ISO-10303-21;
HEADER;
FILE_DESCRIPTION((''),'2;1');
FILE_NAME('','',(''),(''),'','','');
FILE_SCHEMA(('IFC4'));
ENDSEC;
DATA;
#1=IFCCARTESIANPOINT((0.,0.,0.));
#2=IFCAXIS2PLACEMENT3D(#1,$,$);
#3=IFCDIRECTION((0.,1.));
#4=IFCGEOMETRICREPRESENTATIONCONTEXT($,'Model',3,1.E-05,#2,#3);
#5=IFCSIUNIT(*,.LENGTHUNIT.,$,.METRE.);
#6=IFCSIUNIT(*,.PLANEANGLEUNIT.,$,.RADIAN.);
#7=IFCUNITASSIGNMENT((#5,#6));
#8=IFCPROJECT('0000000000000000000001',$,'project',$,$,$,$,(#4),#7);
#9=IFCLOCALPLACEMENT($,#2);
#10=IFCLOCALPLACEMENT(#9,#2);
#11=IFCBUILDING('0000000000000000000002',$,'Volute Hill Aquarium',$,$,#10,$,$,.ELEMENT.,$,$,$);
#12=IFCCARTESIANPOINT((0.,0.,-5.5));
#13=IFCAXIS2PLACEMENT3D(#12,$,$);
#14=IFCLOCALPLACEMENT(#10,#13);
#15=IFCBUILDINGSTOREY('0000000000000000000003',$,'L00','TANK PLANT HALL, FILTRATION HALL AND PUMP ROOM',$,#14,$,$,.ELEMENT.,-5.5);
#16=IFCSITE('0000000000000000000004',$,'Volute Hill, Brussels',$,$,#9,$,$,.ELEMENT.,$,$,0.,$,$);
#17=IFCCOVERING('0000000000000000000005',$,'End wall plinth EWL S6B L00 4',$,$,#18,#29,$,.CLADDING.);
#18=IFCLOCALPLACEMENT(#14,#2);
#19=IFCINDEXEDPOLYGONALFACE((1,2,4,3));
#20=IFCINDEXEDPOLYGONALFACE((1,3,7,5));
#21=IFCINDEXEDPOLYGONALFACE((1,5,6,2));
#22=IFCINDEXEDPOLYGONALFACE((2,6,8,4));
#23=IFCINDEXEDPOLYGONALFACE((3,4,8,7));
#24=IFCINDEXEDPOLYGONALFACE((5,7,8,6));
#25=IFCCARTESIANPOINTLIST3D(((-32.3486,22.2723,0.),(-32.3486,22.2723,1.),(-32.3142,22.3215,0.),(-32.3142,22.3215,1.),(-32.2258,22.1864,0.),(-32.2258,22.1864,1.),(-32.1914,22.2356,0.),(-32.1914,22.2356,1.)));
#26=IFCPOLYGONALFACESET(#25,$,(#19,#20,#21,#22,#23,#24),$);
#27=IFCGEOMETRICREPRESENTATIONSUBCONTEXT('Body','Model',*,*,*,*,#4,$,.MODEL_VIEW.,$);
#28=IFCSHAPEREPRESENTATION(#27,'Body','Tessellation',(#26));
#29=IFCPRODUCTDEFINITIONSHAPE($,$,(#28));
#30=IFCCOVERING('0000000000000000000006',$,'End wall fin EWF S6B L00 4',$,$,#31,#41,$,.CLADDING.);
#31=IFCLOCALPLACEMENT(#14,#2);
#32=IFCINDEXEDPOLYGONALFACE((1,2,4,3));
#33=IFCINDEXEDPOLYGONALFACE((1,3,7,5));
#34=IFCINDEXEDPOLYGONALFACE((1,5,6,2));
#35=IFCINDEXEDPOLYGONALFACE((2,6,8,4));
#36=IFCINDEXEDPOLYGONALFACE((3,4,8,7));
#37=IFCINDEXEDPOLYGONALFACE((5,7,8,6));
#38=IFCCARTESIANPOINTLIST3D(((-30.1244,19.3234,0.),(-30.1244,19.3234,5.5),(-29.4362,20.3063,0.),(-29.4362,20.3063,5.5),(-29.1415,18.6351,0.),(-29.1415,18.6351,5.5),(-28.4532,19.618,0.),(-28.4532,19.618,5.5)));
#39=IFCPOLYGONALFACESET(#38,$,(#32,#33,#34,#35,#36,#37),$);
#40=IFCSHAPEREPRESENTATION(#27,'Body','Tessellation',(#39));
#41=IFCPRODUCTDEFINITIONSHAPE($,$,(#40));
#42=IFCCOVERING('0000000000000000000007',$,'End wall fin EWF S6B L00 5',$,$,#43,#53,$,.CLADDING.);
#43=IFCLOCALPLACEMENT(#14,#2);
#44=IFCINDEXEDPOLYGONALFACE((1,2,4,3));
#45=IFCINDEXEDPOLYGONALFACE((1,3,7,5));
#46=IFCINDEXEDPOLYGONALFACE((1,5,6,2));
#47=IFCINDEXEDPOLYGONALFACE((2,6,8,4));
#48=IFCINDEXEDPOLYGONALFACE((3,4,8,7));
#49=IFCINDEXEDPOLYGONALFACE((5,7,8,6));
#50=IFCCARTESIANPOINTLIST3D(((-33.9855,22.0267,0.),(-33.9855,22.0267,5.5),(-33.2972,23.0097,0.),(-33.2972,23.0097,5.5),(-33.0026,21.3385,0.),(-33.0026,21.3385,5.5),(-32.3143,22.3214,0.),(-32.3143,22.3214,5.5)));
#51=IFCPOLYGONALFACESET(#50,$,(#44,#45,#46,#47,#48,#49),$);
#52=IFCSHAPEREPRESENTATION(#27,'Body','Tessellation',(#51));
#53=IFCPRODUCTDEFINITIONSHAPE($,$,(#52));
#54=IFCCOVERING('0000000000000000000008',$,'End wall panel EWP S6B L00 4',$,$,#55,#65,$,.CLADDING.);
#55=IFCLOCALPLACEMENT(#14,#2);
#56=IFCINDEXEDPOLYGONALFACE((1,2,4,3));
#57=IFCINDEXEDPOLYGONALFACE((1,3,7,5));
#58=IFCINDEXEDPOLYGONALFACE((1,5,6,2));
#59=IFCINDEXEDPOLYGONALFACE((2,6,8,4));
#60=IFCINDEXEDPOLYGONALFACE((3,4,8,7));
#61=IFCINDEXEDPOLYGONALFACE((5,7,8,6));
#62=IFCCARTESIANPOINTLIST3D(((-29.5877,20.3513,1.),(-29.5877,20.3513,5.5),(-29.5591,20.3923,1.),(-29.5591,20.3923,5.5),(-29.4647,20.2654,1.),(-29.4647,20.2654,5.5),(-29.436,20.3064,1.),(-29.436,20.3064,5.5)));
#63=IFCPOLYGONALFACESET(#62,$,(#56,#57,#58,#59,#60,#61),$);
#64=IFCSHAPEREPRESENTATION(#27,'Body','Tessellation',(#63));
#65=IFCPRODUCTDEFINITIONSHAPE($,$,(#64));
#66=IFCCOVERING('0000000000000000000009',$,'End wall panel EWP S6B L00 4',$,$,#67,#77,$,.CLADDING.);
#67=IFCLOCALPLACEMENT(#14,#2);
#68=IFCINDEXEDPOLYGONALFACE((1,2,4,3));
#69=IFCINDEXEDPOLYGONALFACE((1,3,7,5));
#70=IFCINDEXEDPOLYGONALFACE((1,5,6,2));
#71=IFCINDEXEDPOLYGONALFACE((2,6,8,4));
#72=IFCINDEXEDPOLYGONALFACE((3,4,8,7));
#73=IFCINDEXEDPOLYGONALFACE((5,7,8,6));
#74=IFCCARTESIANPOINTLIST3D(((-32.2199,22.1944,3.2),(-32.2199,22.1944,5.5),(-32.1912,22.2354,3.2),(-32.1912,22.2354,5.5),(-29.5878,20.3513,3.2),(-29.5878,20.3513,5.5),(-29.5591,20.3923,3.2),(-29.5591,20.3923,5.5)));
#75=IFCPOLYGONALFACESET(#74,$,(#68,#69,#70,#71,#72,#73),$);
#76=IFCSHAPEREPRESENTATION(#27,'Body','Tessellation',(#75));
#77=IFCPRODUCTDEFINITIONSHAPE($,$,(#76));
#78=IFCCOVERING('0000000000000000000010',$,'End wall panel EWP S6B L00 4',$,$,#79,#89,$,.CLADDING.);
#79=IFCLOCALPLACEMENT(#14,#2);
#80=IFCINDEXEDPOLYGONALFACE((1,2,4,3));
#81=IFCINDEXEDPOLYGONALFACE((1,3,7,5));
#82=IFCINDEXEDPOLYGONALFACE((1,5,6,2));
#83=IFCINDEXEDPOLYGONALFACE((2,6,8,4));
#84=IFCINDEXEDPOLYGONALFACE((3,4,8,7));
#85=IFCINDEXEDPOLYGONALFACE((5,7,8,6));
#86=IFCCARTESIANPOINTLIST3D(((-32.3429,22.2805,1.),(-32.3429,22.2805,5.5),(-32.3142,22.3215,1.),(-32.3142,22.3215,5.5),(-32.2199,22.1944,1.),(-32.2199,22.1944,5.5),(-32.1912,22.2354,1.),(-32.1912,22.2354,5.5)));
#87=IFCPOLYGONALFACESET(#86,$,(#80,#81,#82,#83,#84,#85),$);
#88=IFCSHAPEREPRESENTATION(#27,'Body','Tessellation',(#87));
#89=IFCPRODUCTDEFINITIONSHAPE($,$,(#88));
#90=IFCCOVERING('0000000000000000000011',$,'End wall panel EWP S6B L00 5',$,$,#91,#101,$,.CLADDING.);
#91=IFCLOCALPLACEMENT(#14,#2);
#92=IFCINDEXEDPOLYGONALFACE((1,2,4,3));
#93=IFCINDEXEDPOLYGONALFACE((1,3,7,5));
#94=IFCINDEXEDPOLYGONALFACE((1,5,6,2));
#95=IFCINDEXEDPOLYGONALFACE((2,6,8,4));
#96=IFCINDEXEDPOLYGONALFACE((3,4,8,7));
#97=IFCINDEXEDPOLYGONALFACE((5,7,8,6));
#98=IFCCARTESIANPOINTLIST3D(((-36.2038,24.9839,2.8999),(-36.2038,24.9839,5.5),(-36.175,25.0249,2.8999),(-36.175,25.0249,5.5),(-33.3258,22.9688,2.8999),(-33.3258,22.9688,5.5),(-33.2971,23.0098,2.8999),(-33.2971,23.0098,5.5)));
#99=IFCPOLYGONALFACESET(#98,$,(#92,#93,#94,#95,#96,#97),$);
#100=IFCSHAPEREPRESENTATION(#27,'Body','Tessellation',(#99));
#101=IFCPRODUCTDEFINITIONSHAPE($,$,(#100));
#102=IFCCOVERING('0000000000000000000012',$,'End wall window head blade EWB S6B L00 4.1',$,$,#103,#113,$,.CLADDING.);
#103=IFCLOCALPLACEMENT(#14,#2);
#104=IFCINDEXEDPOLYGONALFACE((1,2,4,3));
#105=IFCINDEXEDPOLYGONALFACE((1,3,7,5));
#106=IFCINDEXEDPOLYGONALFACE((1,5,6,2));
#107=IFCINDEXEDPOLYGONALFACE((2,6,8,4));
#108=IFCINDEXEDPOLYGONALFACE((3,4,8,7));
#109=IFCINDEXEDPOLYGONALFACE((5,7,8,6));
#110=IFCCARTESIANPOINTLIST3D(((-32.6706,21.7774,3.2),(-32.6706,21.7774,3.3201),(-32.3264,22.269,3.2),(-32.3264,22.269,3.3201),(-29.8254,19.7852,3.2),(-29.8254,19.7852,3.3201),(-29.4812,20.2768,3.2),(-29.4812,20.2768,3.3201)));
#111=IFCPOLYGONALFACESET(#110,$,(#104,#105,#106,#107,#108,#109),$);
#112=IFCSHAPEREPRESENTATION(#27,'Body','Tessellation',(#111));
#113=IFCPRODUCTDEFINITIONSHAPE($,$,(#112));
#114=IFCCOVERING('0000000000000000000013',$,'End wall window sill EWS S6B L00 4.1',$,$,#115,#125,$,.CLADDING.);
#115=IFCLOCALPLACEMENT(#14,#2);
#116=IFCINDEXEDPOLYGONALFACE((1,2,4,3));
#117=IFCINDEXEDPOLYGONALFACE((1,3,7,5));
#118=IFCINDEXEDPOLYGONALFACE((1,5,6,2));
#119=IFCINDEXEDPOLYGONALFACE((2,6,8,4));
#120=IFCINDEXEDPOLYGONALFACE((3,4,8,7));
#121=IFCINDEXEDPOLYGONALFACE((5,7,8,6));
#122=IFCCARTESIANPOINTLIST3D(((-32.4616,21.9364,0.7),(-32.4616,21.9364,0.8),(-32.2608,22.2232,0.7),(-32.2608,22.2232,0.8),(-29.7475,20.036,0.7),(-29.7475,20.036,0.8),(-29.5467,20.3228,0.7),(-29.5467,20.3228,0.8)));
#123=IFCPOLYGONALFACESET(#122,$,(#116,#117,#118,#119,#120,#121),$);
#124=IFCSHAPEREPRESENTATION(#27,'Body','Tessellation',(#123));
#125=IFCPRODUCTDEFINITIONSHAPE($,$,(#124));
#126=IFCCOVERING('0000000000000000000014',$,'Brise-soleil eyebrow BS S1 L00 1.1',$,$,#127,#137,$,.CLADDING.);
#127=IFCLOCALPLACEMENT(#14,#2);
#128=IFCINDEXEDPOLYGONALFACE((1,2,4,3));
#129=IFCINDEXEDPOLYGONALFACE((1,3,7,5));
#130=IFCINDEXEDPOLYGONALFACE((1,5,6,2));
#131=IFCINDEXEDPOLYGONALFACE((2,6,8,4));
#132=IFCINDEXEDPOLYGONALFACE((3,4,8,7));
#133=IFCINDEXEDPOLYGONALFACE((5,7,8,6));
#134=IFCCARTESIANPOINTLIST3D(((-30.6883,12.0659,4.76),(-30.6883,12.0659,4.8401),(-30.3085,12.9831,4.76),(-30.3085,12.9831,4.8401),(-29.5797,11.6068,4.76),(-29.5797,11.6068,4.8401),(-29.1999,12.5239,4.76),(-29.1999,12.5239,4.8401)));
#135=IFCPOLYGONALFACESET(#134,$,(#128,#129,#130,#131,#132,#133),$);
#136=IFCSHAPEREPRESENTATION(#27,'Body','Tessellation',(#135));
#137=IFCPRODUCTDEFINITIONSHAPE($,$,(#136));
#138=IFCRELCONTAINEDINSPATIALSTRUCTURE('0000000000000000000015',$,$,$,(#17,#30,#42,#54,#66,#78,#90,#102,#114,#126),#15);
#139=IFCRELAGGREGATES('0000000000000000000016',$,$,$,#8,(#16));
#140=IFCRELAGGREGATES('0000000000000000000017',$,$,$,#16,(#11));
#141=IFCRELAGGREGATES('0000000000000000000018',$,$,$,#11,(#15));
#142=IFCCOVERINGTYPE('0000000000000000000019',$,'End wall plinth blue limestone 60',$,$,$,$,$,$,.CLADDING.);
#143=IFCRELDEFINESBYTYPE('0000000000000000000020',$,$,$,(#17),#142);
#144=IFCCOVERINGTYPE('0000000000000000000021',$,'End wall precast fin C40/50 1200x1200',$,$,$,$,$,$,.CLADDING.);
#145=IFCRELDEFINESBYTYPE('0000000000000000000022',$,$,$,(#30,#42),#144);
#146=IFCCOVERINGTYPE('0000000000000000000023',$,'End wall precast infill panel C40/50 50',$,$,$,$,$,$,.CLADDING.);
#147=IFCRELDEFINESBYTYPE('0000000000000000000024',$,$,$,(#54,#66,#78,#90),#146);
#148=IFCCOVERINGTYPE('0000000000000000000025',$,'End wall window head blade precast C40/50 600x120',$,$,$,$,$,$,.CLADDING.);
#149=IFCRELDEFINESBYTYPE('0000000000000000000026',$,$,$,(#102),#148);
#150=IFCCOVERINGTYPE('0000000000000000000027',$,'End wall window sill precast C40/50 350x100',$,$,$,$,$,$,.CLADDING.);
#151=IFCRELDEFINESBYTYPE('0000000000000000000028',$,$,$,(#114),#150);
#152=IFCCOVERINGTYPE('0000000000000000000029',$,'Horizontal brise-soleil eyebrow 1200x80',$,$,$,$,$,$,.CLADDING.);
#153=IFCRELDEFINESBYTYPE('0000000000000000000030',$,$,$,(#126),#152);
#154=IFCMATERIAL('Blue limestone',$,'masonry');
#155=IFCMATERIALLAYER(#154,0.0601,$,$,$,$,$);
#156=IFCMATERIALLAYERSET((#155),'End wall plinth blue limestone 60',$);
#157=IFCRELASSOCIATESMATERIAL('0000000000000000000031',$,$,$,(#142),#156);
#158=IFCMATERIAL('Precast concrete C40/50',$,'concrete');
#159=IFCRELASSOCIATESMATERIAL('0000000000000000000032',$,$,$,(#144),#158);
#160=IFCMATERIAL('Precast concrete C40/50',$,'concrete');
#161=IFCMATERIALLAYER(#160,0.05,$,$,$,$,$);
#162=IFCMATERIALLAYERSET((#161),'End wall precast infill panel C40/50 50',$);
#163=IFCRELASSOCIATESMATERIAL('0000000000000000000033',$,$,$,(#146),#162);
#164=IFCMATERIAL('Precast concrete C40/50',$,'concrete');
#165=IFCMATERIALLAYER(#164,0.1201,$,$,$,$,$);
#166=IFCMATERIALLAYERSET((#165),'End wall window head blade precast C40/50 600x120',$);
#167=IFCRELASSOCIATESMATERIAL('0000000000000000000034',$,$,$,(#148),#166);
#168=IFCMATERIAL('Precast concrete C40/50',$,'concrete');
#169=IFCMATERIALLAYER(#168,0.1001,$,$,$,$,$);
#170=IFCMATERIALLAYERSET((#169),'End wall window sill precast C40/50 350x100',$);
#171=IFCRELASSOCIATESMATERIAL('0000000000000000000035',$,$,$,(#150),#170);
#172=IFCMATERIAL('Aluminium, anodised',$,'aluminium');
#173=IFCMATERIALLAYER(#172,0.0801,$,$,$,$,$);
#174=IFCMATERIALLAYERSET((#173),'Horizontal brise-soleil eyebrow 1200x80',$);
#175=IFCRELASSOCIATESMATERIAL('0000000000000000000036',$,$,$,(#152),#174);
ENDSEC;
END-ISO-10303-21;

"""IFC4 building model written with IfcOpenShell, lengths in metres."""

from ifc_helpers import new_model, si_unit, direction, frame, origin, origin_2d, place, context, subcontext, project, spatial, polyline, rectangle, outline, extrude, material, layer, layer_set, type_object, element, save


model = new_model("IFC4")

# Units and contexts
model_context = context("Model", 3, precision=1e-05, world=origin(), true_north=direction((0.0, 1.0)))
body_context = subcontext(model_context, "Body", "Model", "MODEL_VIEW")
ifc_project = project(units=[si_unit("LENGTHUNIT", "METRE"), si_unit("PLANEANGLEUNIT", "RADIAN")], contexts=[model_context])

# Site, building, storey
site_placement = place(None, origin())
site = spatial("IfcSite", under=ifc_project, at=site_placement, Name="Volute Hill, Brussels", CompositionType="ELEMENT", RefElevation=0.0)
building_placement = place(site_placement, origin())
building = spatial("IfcBuilding", under=site, at=building_placement, Name="Volute Hill Aquarium", CompositionType="ELEMENT")
storey_placement = place(building_placement, frame((0.0, 0.0, -5.5)))
storey = spatial("IfcBuildingStorey", under=building, at=storey_placement, Name="L00", Description="TANK PLANT HALL, FILTRATION HALL AND PUMP ROOM", CompositionType="ELEMENT", Elevation=-5.5)

# Coverings
ifc_material_1 = material(Name="Blue limestone", Category="masonry")
ifc_layer_1 = layer(ifc_material_1, 0.0601)
ifc_layer_set_1 = layer_set([ifc_layer_1], Name="End wall plinth blue limestone 60")
covering_type_1 = type_object("IfcCoveringType", Name="End wall plinth blue limestone 60", PredefinedType="CLADDING", material=ifc_layer_set_1)
covering_1_placement = place(storey_placement, frame((-32.1914, 22.2356, 0.0), z_axis=(0.573353, 0.819308, 0.0), x_axis=(-0.819308, 0.573353, 0.0)))
element("IfcCovering", 1, at=covering_1_placement, inside=storey, type_object=covering_type_1, Name="End wall plinth EWL S6B L00 4", PredefinedType="CLADDING", context=body_context, shape_type="SweptSolid", body=[
    extrude(outline(polyline([(0.0, 0.0), (0.1499, 0.0), (0.1499, 1.0), (0.0, 1.0), (0.0, 0.0)])), origin(), (0.0, 0.0, -1.0), 0.0601),
])
ifc_material_2 = material(Name="Precast concrete C40/50", Category="concrete")
covering_type_2 = type_object("IfcCoveringType", Name="End wall precast fin C40/50 1200x1200", PredefinedType="CLADDING", material=ifc_material_2)
for number, where, z_axis, x_axis, name in (
    (2, (-29.2888, 19.4707, 0.0), (0.0, 0.0, 1.0), (-0.819151, 0.573577, 0.0), "End wall fin EWF S6B L00 4"),
    (3, (-33.1499, 22.1741, 0.0), (0.0, 0.0, 1.0), (-0.819151, 0.573577, 0.0), "End wall fin EWF S6B L00 5"),
):
    element("IfcCovering", number, at=place(storey_placement, frame(where, z_axis=z_axis, x_axis=x_axis)), inside=storey, type_object=covering_type_2, Name=name, PredefinedType="CLADDING", context=body_context, shape_type="SweptSolid", body=[
        extrude(rectangle(XDim=1.2, YDim=1.2, at=origin_2d()), origin(), (0.0, 0.0, 1.0), 5.5),
    ])
ifc_material_3 = material(Name="Precast concrete C40/50", Category="concrete")
ifc_layer_2 = layer(ifc_material_3, 0.05)
ifc_layer_set_2 = layer_set([ifc_layer_2], Name="End wall precast infill panel C40/50 50")
covering_type_3 = type_object("IfcCoveringType", Name="End wall precast infill panel C40/50 50", PredefinedType="CLADDING", material=ifc_layer_set_2)
covering_2_placement = place(storey_placement, frame((-29.436, 20.3064, 1.0), z_axis=(0.572589, 0.819843, 0.0), x_axis=(-0.819843, 0.572589, 0.0)))
element("IfcCovering", 4, at=covering_2_placement, inside=storey, type_object=covering_type_3, Name="End wall panel EWP S6B L00 4", PredefinedType="CLADDING", context=body_context, shape_type="SweptSolid", body=[
    extrude(outline(polyline([(0.0, 0.0), (0.1501, 0.0), (0.1501, 4.5), (0.0, 4.5), (0.0, 0.0)])), origin(), (0.0, 0.0, -1.0), 0.05),
])
covering_3_placement = place(storey_placement, frame((-29.5591, 20.3923, 3.2), z_axis=(0.57358, 0.81915, 0.0), x_axis=(-0.81915, 0.57358, 0.0)))
element("IfcCovering", 5, at=covering_3_placement, inside=storey, type_object=covering_type_3, Name="End wall panel EWP S6B L00 4", PredefinedType="CLADDING", context=body_context, shape_type="SweptSolid", body=[
    extrude(outline(polyline([(0.0, 0.0), (3.2132, 0.0), (3.2132, 2.3), (0.0, 2.3), (0.0, 0.0)])), origin(), (0.0, 0.0, -1.0), 0.05),
])
covering_4_placement = place(storey_placement, frame((-32.1912, 22.2354, 1.0), z_axis=(0.57368, 0.819079, 0.0), x_axis=(-0.819079, 0.57368, 0.0)))
element("IfcCovering", 6, at=covering_4_placement, inside=storey, type_object=covering_type_3, Name="End wall panel EWP S6B L00 4", PredefinedType="CLADDING", context=body_context, shape_type="SweptSolid", body=[
    extrude(outline(polyline([(0.0, 0.0), (0.1502, 0.0), (0.1502, 4.5), (0.0, 4.5), (0.0, 0.0)])), origin(), (0.0, 0.0, -1.0), 0.05),
])
covering_5_placement = place(storey_placement, frame((-33.2971, 23.0098, 2.8999), z_axis=(0.573574, 0.819154, 0.0), x_axis=(-0.819154, 0.573574, 0.0)))
element("IfcCovering", 7, at=covering_5_placement, inside=storey, type_object=covering_type_3, Name="End wall panel EWP S6B L00 5", PredefinedType="CLADDING", context=body_context, shape_type="SweptSolid", body=[
    extrude(outline(polyline([(0.0, 0.0), (3.5133, 0.0), (3.5133, 2.6001), (0.0, 2.6001), (0.0, 0.0)])), origin(), (0.0, 0.0, -1.0), 0.05),
])
ifc_material_4 = material(Name="Precast concrete C40/50", Category="concrete")
ifc_layer_3 = layer(ifc_material_4, 0.1201)
ifc_layer_set_3 = layer_set([ifc_layer_3], Name="End wall window head blade precast C40/50 600x120")
covering_type_4 = type_object("IfcCoveringType", Name="End wall window head blade precast C40/50 600x120", PredefinedType="CLADDING", material=ifc_layer_set_3)
covering_6_placement = place(storey_placement, frame((-31.0759, 21.0271, 3.2), z_axis=(0.0, 0.0, 1.0), x_axis=(-0.819151, 0.573577, 0.0)))
element("IfcCovering", 8, at=covering_6_placement, inside=storey, type_object=covering_type_4, Name="End wall window head blade EWB S6B L00 4.1", PredefinedType="CLADDING", context=body_context, shape_type="SweptSolid", body=[
    extrude(rectangle(XDim=3.4734, YDim=0.6001, at=origin_2d()), origin(), (0.0, 0.0, 1.0), 0.1201),
])
ifc_material_5 = material(Name="Precast concrete C40/50", Category="concrete")
ifc_layer_4 = layer(ifc_material_5, 0.1001)
ifc_layer_set_4 = layer_set([ifc_layer_4], Name="End wall window sill precast C40/50 350x100")
covering_type_5 = type_object("IfcCoveringType", Name="End wall window sill precast C40/50 350x100", PredefinedType="CLADDING", material=ifc_layer_set_4)
covering_7_placement = place(storey_placement, frame((-31.0042, 21.1296, 0.7), z_axis=(0.0, 0.0, 1.0), x_axis=(-0.819151, 0.573577, 0.0)))
element("IfcCovering", 9, at=covering_7_placement, inside=storey, type_object=covering_type_5, Name="End wall window sill EWS S6B L00 4.1", PredefinedType="CLADDING", context=body_context, shape_type="SweptSolid", body=[
    extrude(rectangle(XDim=3.3132, YDim=0.3501, at=origin_2d()), origin(), (0.0, 0.0, 1.0), 0.1001),
])

# Covering
ifc_material_6 = material(Name="Aluminium, anodised", Category="aluminium")
ifc_layer_5 = layer(ifc_material_6, 0.0801)
ifc_layer_set_5 = layer_set([ifc_layer_5], Name="Horizontal brise-soleil eyebrow 1200x80")
covering_type_6 = type_object("IfcCoveringType", Name="Horizontal brise-soleil eyebrow 1200x80", PredefinedType="CLADDING", material=ifc_layer_set_5)
covering_8_placement = place(storey_placement, frame((-29.9441, 12.2949, 4.76), z_axis=(0.0, 0.0, 1.0), x_axis=(-0.382662, -0.923889, 0.0)))
element("IfcCovering", 10, at=covering_8_placement, inside=storey, type_object=covering_type_6, Name="Brise-soleil eyebrow BS S1 L00 1.1", PredefinedType="CLADDING", context=body_context, shape_type="SweptSolid", body=[
    extrude(rectangle(XDim=0.9927, YDim=1.2, at=origin_2d()), origin(), (0.0, 0.0, 1.0), 0.0801),
])

save(model, "model.ifc")
